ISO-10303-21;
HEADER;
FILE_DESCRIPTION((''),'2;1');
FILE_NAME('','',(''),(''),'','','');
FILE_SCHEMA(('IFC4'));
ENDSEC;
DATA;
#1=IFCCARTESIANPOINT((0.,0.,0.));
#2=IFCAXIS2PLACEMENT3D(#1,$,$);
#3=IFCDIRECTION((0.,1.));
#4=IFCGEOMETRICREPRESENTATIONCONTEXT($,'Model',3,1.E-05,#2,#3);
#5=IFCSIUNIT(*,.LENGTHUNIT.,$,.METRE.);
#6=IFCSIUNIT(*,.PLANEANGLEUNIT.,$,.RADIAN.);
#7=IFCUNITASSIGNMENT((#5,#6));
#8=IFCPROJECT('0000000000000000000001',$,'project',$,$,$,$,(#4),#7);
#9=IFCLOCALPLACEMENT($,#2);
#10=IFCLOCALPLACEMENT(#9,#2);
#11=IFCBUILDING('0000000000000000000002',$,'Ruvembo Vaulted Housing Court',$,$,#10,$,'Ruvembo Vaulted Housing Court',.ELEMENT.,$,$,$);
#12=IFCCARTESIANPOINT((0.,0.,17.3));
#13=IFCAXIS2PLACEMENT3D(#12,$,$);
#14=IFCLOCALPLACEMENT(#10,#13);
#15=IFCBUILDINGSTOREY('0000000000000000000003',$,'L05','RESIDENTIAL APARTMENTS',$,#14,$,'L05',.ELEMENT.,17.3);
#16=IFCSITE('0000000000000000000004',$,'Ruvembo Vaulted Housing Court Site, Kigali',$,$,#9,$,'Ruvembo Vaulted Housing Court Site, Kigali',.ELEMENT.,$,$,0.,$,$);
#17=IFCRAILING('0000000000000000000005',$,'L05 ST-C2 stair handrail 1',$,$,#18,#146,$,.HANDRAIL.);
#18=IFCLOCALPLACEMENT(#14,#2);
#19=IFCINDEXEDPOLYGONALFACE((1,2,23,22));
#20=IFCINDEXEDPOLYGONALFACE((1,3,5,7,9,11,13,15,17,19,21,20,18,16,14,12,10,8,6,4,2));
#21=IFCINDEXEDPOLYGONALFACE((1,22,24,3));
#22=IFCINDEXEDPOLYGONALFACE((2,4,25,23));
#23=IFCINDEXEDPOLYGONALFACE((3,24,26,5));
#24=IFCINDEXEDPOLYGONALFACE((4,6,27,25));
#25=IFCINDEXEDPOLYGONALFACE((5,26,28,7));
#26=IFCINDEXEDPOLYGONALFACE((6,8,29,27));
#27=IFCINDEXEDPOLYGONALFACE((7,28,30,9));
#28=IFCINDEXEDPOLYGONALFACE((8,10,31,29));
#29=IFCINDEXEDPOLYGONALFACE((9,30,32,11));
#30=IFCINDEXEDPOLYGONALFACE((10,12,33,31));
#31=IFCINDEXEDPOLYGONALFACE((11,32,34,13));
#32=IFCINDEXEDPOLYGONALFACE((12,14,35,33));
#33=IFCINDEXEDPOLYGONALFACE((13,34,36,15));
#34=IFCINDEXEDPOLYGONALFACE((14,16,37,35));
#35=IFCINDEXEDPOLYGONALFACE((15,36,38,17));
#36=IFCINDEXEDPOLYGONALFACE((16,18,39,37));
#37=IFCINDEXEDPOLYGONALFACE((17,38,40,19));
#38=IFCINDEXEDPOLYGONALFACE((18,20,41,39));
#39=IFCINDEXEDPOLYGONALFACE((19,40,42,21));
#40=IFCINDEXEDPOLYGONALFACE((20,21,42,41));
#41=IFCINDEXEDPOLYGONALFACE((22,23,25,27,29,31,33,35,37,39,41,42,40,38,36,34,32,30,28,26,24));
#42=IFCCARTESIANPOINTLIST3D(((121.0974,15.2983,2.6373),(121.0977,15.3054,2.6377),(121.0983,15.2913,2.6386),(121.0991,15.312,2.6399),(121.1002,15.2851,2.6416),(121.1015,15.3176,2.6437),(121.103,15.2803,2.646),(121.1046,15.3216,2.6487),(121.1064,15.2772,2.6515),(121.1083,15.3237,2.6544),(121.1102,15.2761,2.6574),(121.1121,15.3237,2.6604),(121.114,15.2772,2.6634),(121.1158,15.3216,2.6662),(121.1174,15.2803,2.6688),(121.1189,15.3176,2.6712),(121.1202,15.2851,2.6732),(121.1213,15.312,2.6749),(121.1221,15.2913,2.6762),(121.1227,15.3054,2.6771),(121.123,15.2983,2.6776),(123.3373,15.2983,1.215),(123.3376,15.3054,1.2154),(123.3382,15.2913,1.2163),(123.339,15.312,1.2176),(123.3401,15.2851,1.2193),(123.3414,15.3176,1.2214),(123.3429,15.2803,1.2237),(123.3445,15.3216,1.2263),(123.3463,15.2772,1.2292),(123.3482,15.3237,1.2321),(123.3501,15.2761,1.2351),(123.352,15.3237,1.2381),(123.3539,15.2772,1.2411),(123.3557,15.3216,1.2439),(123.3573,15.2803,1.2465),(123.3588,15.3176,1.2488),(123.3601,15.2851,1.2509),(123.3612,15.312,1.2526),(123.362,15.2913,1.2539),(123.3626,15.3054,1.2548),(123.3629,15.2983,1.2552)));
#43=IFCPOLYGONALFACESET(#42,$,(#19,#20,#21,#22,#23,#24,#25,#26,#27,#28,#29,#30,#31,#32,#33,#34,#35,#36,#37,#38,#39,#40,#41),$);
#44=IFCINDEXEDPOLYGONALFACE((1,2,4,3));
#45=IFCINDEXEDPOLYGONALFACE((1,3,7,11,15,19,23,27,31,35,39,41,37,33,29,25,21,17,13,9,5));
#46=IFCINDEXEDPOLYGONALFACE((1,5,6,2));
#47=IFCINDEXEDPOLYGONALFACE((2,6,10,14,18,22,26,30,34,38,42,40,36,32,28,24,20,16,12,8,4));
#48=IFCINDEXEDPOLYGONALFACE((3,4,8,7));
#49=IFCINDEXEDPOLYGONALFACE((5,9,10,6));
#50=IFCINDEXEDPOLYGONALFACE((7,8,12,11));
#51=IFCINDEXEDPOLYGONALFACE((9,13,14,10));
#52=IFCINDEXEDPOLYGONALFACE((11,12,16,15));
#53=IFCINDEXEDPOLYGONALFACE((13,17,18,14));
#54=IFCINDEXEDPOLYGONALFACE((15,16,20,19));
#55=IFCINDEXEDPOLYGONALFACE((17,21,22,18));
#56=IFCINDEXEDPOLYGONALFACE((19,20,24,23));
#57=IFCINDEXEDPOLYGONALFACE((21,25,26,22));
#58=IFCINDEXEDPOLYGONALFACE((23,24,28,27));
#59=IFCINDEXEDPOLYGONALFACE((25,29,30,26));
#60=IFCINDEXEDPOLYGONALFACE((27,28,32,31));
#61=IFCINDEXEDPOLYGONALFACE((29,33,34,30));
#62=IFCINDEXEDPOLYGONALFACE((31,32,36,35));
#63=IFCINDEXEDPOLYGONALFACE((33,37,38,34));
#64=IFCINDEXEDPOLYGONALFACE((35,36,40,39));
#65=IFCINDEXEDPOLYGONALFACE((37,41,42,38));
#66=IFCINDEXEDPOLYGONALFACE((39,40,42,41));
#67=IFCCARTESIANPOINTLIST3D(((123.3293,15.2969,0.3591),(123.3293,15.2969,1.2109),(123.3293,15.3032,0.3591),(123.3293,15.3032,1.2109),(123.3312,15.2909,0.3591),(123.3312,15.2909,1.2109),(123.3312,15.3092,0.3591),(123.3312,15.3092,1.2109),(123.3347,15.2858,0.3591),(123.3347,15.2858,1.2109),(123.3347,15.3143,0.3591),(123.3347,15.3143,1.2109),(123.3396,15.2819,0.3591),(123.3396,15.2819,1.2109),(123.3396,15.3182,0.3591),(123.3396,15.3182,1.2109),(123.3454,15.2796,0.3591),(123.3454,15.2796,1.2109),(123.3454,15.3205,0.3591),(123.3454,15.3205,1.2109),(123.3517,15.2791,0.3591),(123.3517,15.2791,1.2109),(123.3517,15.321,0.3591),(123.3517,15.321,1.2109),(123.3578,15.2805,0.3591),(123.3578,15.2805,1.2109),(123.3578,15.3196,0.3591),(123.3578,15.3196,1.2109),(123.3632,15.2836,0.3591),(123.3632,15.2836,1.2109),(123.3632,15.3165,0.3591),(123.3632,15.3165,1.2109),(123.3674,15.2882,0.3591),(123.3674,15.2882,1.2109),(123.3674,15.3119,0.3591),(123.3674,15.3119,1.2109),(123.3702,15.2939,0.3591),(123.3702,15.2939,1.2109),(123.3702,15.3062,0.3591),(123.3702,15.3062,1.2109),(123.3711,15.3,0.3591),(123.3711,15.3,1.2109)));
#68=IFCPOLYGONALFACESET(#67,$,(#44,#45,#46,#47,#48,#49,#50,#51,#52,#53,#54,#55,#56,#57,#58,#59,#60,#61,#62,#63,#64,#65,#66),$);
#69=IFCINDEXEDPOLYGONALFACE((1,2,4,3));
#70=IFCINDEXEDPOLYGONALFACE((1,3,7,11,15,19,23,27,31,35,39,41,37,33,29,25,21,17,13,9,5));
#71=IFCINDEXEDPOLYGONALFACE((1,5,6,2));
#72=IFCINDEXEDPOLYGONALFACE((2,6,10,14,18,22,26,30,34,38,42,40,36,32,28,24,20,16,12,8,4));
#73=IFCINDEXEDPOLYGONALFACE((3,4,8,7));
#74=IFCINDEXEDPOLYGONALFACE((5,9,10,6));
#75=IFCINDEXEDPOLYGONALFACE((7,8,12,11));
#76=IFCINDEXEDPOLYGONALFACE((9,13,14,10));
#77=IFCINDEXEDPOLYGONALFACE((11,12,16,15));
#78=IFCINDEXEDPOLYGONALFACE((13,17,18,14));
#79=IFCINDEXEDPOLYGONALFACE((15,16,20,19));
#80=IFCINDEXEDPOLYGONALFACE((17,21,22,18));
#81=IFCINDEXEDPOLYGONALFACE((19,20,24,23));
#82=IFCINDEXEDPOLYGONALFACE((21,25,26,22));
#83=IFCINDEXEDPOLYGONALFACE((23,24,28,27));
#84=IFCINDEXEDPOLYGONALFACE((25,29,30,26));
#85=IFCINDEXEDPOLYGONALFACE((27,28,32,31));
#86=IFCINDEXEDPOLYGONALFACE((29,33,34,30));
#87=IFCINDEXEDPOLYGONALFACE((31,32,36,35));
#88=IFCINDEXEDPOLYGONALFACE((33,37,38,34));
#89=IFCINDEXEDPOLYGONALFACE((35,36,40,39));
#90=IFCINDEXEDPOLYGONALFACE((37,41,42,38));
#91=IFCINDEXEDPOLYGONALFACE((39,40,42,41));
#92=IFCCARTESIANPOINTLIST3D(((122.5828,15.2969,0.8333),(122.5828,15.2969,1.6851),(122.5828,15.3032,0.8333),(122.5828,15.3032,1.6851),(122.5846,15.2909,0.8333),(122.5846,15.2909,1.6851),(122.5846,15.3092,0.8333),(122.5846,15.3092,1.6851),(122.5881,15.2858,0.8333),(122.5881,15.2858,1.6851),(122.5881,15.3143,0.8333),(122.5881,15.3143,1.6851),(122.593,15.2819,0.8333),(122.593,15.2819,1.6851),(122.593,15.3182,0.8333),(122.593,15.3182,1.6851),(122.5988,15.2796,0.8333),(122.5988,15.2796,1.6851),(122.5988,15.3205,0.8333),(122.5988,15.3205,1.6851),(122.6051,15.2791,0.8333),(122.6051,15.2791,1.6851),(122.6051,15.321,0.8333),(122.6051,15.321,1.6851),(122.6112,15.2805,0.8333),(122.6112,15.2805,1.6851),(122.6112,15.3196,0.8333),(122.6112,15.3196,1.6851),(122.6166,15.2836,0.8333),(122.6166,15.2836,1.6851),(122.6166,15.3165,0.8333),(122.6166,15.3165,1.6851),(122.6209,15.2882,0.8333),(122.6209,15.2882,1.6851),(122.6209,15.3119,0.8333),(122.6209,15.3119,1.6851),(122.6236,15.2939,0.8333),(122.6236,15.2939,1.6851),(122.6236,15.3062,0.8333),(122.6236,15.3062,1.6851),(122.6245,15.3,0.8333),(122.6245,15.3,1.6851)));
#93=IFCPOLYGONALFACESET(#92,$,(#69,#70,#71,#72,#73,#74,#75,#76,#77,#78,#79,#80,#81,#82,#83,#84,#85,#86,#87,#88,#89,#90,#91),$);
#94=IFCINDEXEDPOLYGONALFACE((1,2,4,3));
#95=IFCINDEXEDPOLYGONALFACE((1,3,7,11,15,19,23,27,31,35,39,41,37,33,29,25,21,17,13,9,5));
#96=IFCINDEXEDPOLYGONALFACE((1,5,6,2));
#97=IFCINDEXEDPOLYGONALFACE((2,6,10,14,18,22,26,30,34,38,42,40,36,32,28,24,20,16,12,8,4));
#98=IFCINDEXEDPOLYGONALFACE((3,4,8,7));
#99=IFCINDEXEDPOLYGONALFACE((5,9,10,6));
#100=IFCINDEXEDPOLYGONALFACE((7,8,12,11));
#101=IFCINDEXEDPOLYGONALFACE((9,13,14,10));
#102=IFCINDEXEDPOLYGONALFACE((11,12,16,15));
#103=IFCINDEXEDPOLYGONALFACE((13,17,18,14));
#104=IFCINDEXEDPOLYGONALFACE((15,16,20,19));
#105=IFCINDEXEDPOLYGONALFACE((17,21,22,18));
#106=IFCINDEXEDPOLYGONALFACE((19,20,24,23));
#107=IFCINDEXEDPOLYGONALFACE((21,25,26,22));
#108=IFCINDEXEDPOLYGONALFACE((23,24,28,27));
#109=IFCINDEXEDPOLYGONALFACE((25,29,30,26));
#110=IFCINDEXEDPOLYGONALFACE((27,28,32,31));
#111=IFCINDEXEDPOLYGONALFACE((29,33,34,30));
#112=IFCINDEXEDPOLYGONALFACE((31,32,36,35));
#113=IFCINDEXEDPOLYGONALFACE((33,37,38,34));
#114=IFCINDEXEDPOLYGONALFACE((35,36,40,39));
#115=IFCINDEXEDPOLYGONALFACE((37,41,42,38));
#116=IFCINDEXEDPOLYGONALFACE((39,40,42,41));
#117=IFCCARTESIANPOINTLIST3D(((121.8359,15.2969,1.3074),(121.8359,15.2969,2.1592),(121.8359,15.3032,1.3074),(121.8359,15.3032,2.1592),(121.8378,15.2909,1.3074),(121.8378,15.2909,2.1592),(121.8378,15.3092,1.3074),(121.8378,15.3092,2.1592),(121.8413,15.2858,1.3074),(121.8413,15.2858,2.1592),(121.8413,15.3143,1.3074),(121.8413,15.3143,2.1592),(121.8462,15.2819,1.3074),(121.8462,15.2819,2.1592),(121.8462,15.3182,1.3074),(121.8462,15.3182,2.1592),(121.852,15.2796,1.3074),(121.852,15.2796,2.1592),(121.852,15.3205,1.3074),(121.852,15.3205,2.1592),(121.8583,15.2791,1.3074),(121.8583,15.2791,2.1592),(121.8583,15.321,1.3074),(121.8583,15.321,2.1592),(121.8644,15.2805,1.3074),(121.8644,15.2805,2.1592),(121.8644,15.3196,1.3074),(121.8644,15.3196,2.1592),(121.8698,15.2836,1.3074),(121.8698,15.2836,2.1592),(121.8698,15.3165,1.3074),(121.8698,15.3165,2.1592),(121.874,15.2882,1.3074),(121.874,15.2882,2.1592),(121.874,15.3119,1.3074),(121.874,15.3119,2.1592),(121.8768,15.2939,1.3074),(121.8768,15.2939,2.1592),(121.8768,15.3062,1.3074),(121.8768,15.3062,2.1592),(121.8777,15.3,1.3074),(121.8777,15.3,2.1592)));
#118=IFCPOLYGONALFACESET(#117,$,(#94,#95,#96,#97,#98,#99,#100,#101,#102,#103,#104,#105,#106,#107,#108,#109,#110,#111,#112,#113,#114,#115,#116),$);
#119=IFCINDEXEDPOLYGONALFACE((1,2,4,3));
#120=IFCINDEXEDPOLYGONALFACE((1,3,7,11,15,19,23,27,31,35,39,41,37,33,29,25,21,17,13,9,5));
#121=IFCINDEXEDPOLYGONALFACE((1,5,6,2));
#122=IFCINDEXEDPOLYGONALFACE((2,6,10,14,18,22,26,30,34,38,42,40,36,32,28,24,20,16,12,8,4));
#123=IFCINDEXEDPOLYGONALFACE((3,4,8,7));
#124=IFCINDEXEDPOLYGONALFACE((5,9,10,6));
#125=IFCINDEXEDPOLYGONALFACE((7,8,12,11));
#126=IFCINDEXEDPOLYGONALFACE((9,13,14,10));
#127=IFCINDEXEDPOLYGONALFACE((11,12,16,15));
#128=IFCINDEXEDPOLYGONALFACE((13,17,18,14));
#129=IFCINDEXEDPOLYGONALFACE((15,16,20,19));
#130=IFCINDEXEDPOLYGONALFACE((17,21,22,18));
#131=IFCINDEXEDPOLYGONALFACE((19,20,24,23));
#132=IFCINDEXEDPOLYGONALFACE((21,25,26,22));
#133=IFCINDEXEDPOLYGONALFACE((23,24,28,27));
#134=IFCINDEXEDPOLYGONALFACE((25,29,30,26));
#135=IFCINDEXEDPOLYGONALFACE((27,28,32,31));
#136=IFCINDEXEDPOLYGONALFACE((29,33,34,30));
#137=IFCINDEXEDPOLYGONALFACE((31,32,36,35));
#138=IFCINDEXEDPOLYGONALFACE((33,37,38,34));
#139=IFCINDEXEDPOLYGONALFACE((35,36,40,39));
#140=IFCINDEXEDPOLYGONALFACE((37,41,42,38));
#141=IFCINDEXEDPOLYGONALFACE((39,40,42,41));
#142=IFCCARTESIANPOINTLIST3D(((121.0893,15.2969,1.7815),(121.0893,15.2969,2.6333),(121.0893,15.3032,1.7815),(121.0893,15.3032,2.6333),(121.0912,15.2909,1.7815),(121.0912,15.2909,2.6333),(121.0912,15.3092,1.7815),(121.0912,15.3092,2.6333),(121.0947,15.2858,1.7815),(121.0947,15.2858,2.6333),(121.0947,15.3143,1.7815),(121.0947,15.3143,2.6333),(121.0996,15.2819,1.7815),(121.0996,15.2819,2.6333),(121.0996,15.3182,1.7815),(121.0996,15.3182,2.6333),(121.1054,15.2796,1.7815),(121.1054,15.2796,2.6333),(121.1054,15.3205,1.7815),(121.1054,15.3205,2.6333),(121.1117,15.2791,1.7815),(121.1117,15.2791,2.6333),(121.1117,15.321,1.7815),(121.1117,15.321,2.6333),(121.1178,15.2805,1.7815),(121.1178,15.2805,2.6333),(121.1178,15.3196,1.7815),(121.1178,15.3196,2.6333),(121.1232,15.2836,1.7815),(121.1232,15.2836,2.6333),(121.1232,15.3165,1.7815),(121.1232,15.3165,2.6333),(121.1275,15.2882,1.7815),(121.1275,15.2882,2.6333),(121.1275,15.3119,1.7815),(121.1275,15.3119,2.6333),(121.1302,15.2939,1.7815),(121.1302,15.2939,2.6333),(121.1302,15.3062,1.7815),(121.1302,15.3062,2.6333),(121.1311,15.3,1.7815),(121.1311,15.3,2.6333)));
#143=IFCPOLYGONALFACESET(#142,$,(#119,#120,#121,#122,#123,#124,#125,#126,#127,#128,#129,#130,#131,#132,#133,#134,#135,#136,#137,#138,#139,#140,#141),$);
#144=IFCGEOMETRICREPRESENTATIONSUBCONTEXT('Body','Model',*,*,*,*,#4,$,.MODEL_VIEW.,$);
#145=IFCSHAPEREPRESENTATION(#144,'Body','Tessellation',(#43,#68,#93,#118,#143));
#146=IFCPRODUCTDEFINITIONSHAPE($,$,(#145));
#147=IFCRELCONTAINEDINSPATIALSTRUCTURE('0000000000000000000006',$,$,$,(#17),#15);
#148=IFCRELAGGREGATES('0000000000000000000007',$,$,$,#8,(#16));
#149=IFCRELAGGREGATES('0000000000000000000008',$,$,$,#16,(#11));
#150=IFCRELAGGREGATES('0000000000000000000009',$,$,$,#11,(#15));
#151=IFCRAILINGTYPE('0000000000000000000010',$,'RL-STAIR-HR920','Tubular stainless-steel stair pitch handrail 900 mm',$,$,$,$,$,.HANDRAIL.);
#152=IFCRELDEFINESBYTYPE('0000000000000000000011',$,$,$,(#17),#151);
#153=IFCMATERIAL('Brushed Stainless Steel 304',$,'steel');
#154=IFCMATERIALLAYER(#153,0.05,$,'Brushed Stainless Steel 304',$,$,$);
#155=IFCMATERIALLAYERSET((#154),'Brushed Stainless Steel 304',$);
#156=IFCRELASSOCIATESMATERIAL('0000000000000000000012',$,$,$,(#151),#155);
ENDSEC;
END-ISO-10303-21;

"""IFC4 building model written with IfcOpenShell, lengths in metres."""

from ifc_helpers import new_model, si_unit, direction, frame, origin, origin_2d, place, context, subcontext, project, spatial, circle, extrude, material, layer, layer_set, type_object, element, save


model = new_model("IFC4")

# Units and contexts
model_context = context("Model", 3, precision=1e-05, world=origin(), true_north=direction((0.0, 1.0)))
body_context = subcontext(model_context, "Body", "Model", "MODEL_VIEW")
ifc_project = project(units=[si_unit("LENGTHUNIT", "METRE"), si_unit("PLANEANGLEUNIT", "RADIAN")], contexts=[model_context])

# Site, building, storey
site_placement = place(None, origin())
site = spatial("IfcSite", under=ifc_project, at=site_placement, Name="Ruvembo Vaulted Housing Court Site, Kigali", LongName="Ruvembo Vaulted Housing Court Site, Kigali", CompositionType="ELEMENT", RefElevation=0.0)
building_placement = place(site_placement, origin())
building = spatial("IfcBuilding", under=site, at=building_placement, Name="Ruvembo Vaulted Housing Court", LongName="Ruvembo Vaulted Housing Court", CompositionType="ELEMENT")
storey_placement = place(building_placement, frame((0.0, 0.0, 17.3)))
storey = spatial("IfcBuildingStorey", under=building, at=storey_placement, Name="L05", Description="RESIDENTIAL APARTMENTS", LongName="L05", CompositionType="ELEMENT", Elevation=17.3)

# Railing
ifc_material_1 = material(Name="Brushed Stainless Steel 304", Category="steel")
ifc_layer_1 = layer(ifc_material_1, 0.05, Name="Brushed Stainless Steel 304")
ifc_layer_set_1 = layer_set([ifc_layer_1], Name="Brushed Stainless Steel 304")
railing_type_1 = type_object("IfcRailingType", Name="RL-STAIR-HR920", Description="Tubular stainless-steel stair pitch handrail 900 mm", PredefinedType="HANDRAIL", material=ifc_layer_set_1)
railing_1_placement = place(storey_placement, frame((123.3501, 15.3, 0.3591)))
element("IfcRailing", 1, at=railing_1_placement, inside=storey, type_object=railing_type_1, Name="L05 ST-C2 stair handrail 1", PredefinedType="HANDRAIL", context=body_context, shape_type="SweptSolid", body=[
    extrude(circle(Radius=0.0239, at=origin_2d()), frame((0.0, 0.0, 0.876), z_axis=(-0.844188, 0.0, 0.536048), x_axis=(0.0, -1.0, 0.0)), (0.0, 0.0, 1.0), 2.6533),
    extrude(circle(Radius=0.021, at=origin_2d()), origin(), (0.0, 0.0, 1.0), 0.8518),
    extrude(circle(Radius=0.021, at=origin_2d()), frame((-0.7466, 0.0, 0.4741)), (0.0, 0.0, 1.0), 0.8518),
    extrude(circle(Radius=0.021, at=origin_2d()), frame((-1.4934, 0.0, 0.9482)), (0.0, 0.0, 1.0), 0.8518),
    extrude(circle(Radius=0.021, at=origin_2d()), frame((-2.24, 0.0, 1.4224)), (0.0, 0.0, 1.0), 0.8518),
])

save(model, "model.ifc")
